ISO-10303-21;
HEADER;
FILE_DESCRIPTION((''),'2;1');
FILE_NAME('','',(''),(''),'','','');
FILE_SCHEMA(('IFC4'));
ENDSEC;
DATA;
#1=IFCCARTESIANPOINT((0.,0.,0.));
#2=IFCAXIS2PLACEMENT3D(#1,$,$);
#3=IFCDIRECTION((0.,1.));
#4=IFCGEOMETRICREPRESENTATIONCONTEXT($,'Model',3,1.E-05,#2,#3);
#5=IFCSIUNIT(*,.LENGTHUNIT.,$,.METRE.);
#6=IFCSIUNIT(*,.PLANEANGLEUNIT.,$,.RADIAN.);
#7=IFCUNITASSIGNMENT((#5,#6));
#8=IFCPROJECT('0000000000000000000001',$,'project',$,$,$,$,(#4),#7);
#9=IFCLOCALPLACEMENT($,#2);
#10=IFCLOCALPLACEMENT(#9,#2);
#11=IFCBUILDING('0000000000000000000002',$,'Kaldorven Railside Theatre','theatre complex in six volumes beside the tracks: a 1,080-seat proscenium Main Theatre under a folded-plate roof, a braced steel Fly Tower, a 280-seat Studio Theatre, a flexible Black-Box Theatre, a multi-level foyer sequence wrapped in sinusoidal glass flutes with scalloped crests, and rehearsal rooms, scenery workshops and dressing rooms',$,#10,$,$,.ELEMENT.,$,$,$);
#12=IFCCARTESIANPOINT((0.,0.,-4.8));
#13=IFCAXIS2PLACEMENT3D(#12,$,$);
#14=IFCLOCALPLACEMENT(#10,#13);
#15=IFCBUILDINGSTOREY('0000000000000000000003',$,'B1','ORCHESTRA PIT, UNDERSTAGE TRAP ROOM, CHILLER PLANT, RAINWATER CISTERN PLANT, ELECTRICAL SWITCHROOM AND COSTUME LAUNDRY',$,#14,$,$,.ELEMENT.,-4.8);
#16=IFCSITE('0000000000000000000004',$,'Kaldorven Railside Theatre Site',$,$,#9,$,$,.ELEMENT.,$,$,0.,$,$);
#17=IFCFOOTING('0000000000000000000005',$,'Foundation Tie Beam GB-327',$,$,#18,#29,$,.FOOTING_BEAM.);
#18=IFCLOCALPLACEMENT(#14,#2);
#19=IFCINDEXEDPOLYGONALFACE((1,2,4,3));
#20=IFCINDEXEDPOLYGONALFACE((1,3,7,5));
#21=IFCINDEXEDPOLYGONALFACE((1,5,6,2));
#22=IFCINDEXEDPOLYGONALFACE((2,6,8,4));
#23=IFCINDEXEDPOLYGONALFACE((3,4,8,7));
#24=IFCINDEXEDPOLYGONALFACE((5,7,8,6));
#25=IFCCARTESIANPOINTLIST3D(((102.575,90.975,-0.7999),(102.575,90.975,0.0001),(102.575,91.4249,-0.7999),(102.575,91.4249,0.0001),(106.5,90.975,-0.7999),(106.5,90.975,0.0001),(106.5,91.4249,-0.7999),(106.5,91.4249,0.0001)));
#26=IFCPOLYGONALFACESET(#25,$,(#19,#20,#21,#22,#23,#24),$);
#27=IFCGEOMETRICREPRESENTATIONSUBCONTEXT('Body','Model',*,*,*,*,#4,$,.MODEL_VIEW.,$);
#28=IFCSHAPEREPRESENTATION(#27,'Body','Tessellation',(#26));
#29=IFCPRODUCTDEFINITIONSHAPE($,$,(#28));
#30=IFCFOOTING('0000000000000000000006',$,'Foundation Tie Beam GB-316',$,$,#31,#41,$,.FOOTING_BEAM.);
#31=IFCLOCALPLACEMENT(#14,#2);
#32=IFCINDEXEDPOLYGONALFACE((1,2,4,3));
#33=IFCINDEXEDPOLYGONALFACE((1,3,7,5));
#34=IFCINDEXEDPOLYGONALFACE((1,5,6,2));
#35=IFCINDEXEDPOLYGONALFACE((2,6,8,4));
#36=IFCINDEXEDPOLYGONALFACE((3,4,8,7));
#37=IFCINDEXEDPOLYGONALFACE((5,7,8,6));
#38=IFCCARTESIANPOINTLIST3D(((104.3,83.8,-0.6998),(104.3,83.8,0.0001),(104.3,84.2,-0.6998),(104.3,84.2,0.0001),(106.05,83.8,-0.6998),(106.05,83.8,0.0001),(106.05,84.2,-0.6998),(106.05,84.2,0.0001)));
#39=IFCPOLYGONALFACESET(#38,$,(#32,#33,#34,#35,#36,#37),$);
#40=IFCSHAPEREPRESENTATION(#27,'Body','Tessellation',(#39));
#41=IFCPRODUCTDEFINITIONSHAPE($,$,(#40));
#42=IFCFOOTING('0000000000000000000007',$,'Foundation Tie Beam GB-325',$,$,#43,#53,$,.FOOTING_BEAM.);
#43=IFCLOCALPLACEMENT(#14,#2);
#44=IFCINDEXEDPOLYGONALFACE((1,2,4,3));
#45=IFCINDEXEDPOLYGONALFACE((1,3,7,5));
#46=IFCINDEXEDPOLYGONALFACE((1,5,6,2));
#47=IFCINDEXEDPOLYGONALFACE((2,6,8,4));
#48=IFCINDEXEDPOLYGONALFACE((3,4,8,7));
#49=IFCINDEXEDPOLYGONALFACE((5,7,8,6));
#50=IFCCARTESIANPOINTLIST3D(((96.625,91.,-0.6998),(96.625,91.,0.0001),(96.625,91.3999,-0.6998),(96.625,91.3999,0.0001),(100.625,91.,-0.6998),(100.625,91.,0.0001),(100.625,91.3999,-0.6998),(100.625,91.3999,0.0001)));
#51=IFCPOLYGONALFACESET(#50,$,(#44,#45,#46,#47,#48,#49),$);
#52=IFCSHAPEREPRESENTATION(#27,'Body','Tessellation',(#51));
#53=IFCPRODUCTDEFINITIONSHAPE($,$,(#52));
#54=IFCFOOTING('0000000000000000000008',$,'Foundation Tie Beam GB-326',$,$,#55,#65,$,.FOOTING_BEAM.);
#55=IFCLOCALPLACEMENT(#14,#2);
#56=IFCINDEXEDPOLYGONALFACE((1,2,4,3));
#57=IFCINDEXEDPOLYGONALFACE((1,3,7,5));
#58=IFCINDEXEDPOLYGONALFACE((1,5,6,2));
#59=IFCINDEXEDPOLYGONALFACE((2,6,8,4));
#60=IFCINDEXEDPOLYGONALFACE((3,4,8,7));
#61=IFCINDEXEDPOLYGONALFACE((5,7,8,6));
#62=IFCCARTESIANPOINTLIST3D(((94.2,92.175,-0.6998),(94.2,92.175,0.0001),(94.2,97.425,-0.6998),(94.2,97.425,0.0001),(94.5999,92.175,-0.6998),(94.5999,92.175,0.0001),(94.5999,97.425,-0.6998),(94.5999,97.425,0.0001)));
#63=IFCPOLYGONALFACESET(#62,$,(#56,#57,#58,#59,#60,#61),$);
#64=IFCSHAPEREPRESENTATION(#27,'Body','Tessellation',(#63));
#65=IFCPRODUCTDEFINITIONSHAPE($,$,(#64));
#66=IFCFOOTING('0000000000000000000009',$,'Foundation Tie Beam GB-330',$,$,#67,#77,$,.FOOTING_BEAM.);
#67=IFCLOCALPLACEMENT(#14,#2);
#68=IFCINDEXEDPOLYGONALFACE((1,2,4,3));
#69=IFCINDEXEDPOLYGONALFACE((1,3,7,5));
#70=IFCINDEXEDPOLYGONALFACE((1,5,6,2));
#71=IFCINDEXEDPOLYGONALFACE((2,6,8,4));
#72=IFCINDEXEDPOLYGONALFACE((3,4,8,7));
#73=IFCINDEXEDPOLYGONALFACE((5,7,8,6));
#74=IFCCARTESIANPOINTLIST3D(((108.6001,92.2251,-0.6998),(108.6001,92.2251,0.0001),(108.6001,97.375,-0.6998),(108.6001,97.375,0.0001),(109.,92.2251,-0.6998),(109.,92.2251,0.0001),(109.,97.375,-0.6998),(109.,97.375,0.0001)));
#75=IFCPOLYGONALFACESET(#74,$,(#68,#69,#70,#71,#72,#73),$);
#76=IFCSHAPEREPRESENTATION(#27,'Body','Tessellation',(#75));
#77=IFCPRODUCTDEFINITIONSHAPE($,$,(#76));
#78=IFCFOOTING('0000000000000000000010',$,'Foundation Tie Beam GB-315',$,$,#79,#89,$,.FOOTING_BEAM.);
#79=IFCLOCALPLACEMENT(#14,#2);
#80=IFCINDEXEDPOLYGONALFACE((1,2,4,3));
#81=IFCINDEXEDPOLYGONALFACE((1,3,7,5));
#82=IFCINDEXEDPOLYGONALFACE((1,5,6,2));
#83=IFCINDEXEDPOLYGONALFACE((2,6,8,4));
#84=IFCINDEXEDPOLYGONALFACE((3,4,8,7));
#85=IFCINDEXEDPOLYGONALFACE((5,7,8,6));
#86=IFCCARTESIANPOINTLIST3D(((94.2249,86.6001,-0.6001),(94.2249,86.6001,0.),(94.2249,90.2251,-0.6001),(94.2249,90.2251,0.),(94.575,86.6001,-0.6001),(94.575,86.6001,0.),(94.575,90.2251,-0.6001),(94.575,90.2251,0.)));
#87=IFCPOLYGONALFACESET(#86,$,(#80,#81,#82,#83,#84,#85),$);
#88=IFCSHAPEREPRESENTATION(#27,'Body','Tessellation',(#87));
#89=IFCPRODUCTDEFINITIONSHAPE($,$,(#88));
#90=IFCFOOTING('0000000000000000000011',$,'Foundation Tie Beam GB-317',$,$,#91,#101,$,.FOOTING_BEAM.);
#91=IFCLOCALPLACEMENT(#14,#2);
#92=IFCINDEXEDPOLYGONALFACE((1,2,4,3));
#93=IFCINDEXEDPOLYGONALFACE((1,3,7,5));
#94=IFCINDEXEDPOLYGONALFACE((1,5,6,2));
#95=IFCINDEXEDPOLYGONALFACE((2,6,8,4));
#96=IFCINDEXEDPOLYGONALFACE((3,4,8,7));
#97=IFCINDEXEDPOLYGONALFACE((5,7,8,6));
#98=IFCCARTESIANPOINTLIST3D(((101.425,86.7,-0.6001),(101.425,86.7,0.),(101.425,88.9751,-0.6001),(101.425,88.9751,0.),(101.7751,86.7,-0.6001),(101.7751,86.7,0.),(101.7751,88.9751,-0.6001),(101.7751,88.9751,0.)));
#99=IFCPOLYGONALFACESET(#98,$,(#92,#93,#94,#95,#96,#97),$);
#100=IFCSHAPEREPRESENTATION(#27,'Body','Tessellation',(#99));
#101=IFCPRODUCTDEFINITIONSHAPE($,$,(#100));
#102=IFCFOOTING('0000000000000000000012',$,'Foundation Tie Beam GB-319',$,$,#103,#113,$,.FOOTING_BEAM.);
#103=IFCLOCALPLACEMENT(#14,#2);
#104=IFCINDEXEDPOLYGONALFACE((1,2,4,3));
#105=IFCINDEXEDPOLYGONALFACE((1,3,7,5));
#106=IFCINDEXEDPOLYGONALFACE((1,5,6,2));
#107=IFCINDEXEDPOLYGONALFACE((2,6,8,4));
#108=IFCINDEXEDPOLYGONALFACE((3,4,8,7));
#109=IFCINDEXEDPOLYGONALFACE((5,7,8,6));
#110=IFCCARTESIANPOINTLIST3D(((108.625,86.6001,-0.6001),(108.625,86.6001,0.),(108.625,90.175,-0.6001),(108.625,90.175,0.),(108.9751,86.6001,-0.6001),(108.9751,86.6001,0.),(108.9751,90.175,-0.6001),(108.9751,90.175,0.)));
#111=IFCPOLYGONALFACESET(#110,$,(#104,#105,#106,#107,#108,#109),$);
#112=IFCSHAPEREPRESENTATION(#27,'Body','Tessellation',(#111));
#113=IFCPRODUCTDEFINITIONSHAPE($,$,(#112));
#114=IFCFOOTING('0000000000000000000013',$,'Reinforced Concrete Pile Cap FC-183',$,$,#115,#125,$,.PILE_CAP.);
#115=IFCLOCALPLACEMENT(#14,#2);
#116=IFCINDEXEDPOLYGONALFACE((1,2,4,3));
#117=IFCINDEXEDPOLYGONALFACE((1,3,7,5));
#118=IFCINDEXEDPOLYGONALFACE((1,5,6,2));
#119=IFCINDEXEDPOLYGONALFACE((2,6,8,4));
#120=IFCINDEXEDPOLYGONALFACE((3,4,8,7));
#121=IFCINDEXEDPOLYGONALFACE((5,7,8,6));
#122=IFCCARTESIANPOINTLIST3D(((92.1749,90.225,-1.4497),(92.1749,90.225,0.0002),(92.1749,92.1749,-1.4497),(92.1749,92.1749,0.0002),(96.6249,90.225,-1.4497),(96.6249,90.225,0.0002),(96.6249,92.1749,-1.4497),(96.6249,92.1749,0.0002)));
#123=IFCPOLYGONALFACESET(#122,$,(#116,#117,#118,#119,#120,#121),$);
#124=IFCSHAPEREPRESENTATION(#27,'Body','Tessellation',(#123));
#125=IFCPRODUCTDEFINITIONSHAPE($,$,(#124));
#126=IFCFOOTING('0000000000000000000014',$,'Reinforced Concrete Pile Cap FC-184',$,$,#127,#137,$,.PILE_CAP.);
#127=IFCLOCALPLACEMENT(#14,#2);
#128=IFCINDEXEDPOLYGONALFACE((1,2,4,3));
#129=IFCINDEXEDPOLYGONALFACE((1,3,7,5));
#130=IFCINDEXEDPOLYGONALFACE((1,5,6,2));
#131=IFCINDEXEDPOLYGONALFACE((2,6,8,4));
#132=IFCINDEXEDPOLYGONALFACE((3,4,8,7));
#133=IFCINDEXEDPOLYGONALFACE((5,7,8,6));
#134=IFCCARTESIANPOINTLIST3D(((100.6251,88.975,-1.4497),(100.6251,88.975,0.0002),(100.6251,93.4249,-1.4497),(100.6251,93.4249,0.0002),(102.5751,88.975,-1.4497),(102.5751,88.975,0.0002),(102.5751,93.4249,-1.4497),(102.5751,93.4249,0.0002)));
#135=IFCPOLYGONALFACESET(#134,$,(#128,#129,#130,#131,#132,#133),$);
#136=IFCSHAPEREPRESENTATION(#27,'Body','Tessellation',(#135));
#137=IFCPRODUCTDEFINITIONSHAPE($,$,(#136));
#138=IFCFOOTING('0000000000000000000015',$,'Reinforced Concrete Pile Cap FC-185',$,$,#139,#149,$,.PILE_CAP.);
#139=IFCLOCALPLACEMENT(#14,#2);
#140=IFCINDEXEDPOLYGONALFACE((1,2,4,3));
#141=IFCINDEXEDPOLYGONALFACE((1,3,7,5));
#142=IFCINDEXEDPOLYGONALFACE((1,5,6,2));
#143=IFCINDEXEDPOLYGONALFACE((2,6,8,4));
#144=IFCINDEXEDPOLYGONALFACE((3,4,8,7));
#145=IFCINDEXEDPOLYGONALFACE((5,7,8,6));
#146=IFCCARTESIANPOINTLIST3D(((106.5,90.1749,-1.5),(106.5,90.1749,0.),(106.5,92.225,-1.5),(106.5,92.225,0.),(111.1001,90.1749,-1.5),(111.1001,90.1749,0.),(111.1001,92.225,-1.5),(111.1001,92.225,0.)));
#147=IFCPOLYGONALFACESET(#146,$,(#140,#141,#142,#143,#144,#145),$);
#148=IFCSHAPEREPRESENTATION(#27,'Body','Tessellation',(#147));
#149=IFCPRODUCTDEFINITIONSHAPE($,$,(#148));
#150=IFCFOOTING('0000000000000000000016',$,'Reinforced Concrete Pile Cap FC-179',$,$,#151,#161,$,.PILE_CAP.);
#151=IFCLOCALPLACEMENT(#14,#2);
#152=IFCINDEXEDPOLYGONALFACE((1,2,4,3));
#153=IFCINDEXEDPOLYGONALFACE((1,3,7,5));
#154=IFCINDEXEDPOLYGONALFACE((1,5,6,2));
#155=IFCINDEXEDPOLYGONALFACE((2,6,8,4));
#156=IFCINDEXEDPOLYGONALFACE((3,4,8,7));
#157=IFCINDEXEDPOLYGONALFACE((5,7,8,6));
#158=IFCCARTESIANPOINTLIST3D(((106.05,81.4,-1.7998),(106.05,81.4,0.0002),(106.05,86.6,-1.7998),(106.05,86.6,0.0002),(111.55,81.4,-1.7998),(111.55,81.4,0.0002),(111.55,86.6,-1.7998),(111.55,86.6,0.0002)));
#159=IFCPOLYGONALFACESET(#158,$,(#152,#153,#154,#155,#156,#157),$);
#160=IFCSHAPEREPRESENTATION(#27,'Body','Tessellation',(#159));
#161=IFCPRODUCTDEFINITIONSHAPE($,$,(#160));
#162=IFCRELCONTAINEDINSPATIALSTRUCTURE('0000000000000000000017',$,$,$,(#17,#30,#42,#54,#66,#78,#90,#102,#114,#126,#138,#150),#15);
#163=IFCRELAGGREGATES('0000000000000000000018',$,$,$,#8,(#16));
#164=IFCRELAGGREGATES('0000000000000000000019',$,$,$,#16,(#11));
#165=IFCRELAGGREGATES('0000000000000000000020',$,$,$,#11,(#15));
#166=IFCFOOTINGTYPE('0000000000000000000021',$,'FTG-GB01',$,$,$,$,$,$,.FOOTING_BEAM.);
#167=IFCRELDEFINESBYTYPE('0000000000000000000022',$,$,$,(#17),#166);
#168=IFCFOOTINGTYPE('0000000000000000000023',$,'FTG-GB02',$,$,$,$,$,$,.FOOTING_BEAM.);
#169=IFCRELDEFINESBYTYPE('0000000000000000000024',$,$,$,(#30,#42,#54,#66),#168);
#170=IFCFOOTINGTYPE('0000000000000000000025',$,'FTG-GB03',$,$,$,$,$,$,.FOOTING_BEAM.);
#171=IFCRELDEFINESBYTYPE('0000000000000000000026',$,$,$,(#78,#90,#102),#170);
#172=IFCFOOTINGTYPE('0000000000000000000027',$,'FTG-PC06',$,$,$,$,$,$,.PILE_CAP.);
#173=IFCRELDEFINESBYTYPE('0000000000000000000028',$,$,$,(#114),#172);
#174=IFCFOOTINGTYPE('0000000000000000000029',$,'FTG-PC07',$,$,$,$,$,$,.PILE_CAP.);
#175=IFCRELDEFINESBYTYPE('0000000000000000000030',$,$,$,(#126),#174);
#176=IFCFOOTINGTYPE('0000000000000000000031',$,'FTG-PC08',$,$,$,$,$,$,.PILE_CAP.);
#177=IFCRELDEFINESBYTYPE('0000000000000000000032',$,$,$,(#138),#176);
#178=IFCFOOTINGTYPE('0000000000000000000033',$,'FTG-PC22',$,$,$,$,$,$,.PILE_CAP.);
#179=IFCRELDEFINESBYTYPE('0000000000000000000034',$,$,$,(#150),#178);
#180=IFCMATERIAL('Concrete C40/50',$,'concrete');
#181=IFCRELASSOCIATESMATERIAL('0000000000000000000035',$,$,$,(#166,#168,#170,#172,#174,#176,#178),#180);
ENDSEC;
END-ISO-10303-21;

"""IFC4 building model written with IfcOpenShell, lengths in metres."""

from ifc_helpers import new_model, si_unit, direction, frame, origin, origin_2d, place, context, subcontext, project, spatial, rectangle, extrude, material, material_profile, profile_set, type_object, element, save


model = new_model("IFC4")

# Units and contexts
model_context = context("Model", 3, precision=1e-05, world=origin(), true_north=direction((0.0, 1.0)))
body_context = subcontext(model_context, "Body", "Model", "MODEL_VIEW")
ifc_project = project(units=[si_unit("LENGTHUNIT", "METRE"), si_unit("PLANEANGLEUNIT", "RADIAN")], contexts=[model_context])

# Site, building, storey
site_placement = place(None, origin())
site = spatial("IfcSite", under=ifc_project, at=site_placement, Name="Kaldorven Railside Theatre Site", CompositionType="ELEMENT", RefElevation=0.0)
building_placement = place(site_placement, origin())
building = spatial("IfcBuilding", under=site, at=building_placement, Name="Kaldorven Railside Theatre", Description="theatre complex in six volumes beside the tracks: a 1,080-seat proscenium Main Theatre under a folded-plate roof, a braced steel Fly Tower, a 280-seat Studio Theatre, a flexible Black-Box Theatre, a multi-level foyer sequence wrapped in sinusoidal glass flutes with scalloped crests, and rehearsal rooms, scenery workshops and dressing rooms", CompositionType="ELEMENT")
storey_placement = place(building_placement, frame((0.0, 0.0, -4.8)))
storey = spatial("IfcBuildingStorey", under=building, at=storey_placement, Name="B1", Description="ORCHESTRA PIT, UNDERSTAGE TRAP ROOM, CHILLER PLANT, RAINWATER CISTERN PLANT, ELECTRICAL SWITCHROOM AND COSTUME LAUNDRY", CompositionType="ELEMENT", Elevation=-4.8)

# Footings
ifc_material_1 = material(Name="Concrete C40/50", Category="concrete")
ifc_material_profile_1 = material_profile(ifc_material_1, rectangle(XDim=0.45, YDim=0.8, at=origin_2d()), Name="RC 450x800")
ifc_profile_set_1 = profile_set([ifc_material_profile_1], Name="Concrete C40/50")
footing_type_1 = type_object("IfcFootingType", Name="FTG-GB01", PredefinedType="FOOTING_BEAM", material=ifc_profile_set_1)
footing_1_placement = place(storey_placement, frame((102.575, 91.2, -0.3999), z_axis=(1.0, 0.0, 0.0), x_axis=(0.0, 1.0, 0.0)))
element("IfcFooting", 1, at=footing_1_placement, inside=storey, type_object=footing_type_1, Name="Foundation Tie Beam GB-327", PredefinedType="FOOTING_BEAM", context=body_context, shape_type="SweptSolid", body=[
    extrude(rectangle(XDim=0.45, YDim=0.8, at=origin_2d()), origin(), (0.0, 0.0, 1.0), 3.925),
])
ifc_material_profile_2 = material_profile(ifc_material_1, rectangle(XDim=0.3999, YDim=0.7, at=origin_2d()), Name="RC 400x700")
ifc_profile_set_2 = profile_set([ifc_material_profile_2], Name="Concrete C40/50")
footing_type_2 = type_object("IfcFootingType", Name="FTG-GB02", PredefinedType="FOOTING_BEAM", material=ifc_profile_set_2)
footing_2_placement = place(storey_placement, frame((104.3, 84.0, -0.3499), z_axis=(1.0, 0.0, 0.0), x_axis=(0.0, 1.0, 0.0)))
element("IfcFooting", 2, at=footing_2_placement, inside=storey, type_object=footing_type_2, Name="Foundation Tie Beam GB-316", PredefinedType="FOOTING_BEAM", context=body_context, shape_type="SweptSolid", body=[
    extrude(rectangle(XDim=0.3999, YDim=0.7, at=origin_2d()), origin(), (0.0, 0.0, 1.0), 1.75),
])
footing_3_placement = place(storey_placement, frame((96.625, 91.2, -0.3499), z_axis=(1.0, 0.0, 0.0), x_axis=(0.0, 1.0, 0.0)))
element("IfcFooting", 3, at=footing_3_placement, inside=storey, type_object=footing_type_2, Name="Foundation Tie Beam GB-325", PredefinedType="FOOTING_BEAM", context=body_context, shape_type="SweptSolid", body=[
    extrude(rectangle(XDim=0.3999, YDim=0.7, at=origin_2d()), origin(), (0.0, 0.0, 1.0), 4.0),
])
footing_4_placement = place(storey_placement, frame((94.3999, 92.175, -0.3499), z_axis=(0.0, 1.0, 0.0), x_axis=(-1.0, 0.0, 0.0)))
element("IfcFooting", 4, at=footing_4_placement, inside=storey, type_object=footing_type_2, Name="Foundation Tie Beam GB-326", PredefinedType="FOOTING_BEAM", context=body_context, shape_type="SweptSolid", body=[
    extrude(rectangle(XDim=0.3999, YDim=0.7, at=origin_2d()), origin(), (0.0, 0.0, 1.0), 5.25),
])
footing_5_placement = place(storey_placement, frame((108.8, 92.2251, -0.3499), z_axis=(0.0, 1.0, 0.0), x_axis=(-1.0, 0.0, 0.0)))
element("IfcFooting", 5, at=footing_5_placement, inside=storey, type_object=footing_type_2, Name="Foundation Tie Beam GB-330", PredefinedType="FOOTING_BEAM", context=body_context, shape_type="SweptSolid", body=[
    extrude(rectangle(XDim=0.3999, YDim=0.7, at=origin_2d()), origin(), (0.0, 0.0, 1.0), 5.1499),
])
ifc_material_profile_3 = material_profile(ifc_material_1, rectangle(XDim=0.3501, YDim=0.6001, at=origin_2d()), Name="RC 350x600")
ifc_profile_set_3 = profile_set([ifc_material_profile_3], Name="Concrete C40/50")
footing_type_3 = type_object("IfcFootingType", Name="FTG-GB03", PredefinedType="FOOTING_BEAM", material=ifc_profile_set_3)
footing_6_placement = place(storey_placement, frame((94.3999, 86.6001, -0.3), z_axis=(0.0, 1.0, 0.0), x_axis=(-1.0, 0.0, 0.0)))
element("IfcFooting", 6, at=footing_6_placement, inside=storey, type_object=footing_type_3, Name="Foundation Tie Beam GB-315", PredefinedType="FOOTING_BEAM", context=body_context, shape_type="SweptSolid", body=[
    extrude(rectangle(XDim=0.3501, YDim=0.6001, at=origin_2d()), origin(), (0.0, 0.0, 1.0), 3.625),
])
footing_7_placement = place(storey_placement, frame((101.6001, 86.7, -0.3), z_axis=(0.0, 1.0, 0.0), x_axis=(-1.0, 0.0, 0.0)))
element("IfcFooting", 7, at=footing_7_placement, inside=storey, type_object=footing_type_3, Name="Foundation Tie Beam GB-317", PredefinedType="FOOTING_BEAM", context=body_context, shape_type="SweptSolid", body=[
    extrude(rectangle(XDim=0.3501, YDim=0.6001, at=origin_2d()), origin(), (0.0, 0.0, 1.0), 2.2751),
])
footing_8_placement = place(storey_placement, frame((108.8, 86.6001, -0.3), z_axis=(0.0, 1.0, 0.0), x_axis=(-1.0, 0.0, 0.0)))
element("IfcFooting", 8, at=footing_8_placement, inside=storey, type_object=footing_type_3, Name="Foundation Tie Beam GB-319", PredefinedType="FOOTING_BEAM", context=body_context, shape_type="SweptSolid", body=[
    extrude(rectangle(XDim=0.3501, YDim=0.6001, at=origin_2d()), origin(), (0.0, 0.0, 1.0), 3.575),
])
footing_type_4 = type_object("IfcFootingType", Name="FTG-PC06", PredefinedType="PILE_CAP", material=ifc_material_1)
footing_9_placement = place(storey_placement, frame((94.3999, 91.2, -1.4497), z_axis=(0.0, 0.0, 1.0), x_axis=(1.0, 0.0, 0.0)))
element("IfcFooting", 9, at=footing_9_placement, inside=storey, type_object=footing_type_4, Name="Reinforced Concrete Pile Cap FC-183", PredefinedType="PILE_CAP", context=body_context, shape_type="SweptSolid", body=[
    extrude(rectangle(XDim=4.45, YDim=1.95, at=origin_2d()), origin(), (0.0, 0.0, 1.0), 1.45),
])
footing_type_5 = type_object("IfcFootingType", Name="FTG-PC07", PredefinedType="PILE_CAP", material=ifc_material_1)
footing_10_placement = place(storey_placement, frame((101.6001, 91.2, -1.4497), z_axis=(0.0, 0.0, 1.0), x_axis=(1.0, 0.0, 0.0)))
element("IfcFooting", 10, at=footing_10_placement, inside=storey, type_object=footing_type_5, Name="Reinforced Concrete Pile Cap FC-184", PredefinedType="PILE_CAP", context=body_context, shape_type="SweptSolid", body=[
    extrude(rectangle(XDim=1.95, YDim=4.45, at=origin_2d()), origin(), (0.0, 0.0, 1.0), 1.45),
])
footing_type_6 = type_object("IfcFootingType", Name="FTG-PC08", PredefinedType="PILE_CAP", material=ifc_material_1)
footing_11_placement = place(storey_placement, frame((108.8, 91.2, -1.5), z_axis=(0.0, 0.0, 1.0), x_axis=(1.0, 0.0, 0.0)))
element("IfcFooting", 11, at=footing_11_placement, inside=storey, type_object=footing_type_6, Name="Reinforced Concrete Pile Cap FC-185", PredefinedType="PILE_CAP", context=body_context, shape_type="SweptSolid", body=[
    extrude(rectangle(XDim=4.6001, YDim=2.05, at=origin_2d()), origin(), (0.0, 0.0, 1.0), 1.5),
])
footing_type_7 = type_object("IfcFootingType", Name="FTG-PC22", PredefinedType="PILE_CAP", material=ifc_material_1)
footing_12_placement = place(storey_placement, frame((108.8, 84.0, -1.7998), z_axis=(0.0, 0.0, 1.0), x_axis=(1.0, 0.0, 0.0)))
element("IfcFooting", 12, at=footing_12_placement, inside=storey, type_object=footing_type_7, Name="Reinforced Concrete Pile Cap FC-179", PredefinedType="PILE_CAP", context=body_context, shape_type="SweptSolid", body=[
    extrude(rectangle(XDim=5.5, YDim=5.2, at=origin_2d()), origin(), (0.0, 0.0, 1.0), 1.8),
])

save(model, "model.ifc")
